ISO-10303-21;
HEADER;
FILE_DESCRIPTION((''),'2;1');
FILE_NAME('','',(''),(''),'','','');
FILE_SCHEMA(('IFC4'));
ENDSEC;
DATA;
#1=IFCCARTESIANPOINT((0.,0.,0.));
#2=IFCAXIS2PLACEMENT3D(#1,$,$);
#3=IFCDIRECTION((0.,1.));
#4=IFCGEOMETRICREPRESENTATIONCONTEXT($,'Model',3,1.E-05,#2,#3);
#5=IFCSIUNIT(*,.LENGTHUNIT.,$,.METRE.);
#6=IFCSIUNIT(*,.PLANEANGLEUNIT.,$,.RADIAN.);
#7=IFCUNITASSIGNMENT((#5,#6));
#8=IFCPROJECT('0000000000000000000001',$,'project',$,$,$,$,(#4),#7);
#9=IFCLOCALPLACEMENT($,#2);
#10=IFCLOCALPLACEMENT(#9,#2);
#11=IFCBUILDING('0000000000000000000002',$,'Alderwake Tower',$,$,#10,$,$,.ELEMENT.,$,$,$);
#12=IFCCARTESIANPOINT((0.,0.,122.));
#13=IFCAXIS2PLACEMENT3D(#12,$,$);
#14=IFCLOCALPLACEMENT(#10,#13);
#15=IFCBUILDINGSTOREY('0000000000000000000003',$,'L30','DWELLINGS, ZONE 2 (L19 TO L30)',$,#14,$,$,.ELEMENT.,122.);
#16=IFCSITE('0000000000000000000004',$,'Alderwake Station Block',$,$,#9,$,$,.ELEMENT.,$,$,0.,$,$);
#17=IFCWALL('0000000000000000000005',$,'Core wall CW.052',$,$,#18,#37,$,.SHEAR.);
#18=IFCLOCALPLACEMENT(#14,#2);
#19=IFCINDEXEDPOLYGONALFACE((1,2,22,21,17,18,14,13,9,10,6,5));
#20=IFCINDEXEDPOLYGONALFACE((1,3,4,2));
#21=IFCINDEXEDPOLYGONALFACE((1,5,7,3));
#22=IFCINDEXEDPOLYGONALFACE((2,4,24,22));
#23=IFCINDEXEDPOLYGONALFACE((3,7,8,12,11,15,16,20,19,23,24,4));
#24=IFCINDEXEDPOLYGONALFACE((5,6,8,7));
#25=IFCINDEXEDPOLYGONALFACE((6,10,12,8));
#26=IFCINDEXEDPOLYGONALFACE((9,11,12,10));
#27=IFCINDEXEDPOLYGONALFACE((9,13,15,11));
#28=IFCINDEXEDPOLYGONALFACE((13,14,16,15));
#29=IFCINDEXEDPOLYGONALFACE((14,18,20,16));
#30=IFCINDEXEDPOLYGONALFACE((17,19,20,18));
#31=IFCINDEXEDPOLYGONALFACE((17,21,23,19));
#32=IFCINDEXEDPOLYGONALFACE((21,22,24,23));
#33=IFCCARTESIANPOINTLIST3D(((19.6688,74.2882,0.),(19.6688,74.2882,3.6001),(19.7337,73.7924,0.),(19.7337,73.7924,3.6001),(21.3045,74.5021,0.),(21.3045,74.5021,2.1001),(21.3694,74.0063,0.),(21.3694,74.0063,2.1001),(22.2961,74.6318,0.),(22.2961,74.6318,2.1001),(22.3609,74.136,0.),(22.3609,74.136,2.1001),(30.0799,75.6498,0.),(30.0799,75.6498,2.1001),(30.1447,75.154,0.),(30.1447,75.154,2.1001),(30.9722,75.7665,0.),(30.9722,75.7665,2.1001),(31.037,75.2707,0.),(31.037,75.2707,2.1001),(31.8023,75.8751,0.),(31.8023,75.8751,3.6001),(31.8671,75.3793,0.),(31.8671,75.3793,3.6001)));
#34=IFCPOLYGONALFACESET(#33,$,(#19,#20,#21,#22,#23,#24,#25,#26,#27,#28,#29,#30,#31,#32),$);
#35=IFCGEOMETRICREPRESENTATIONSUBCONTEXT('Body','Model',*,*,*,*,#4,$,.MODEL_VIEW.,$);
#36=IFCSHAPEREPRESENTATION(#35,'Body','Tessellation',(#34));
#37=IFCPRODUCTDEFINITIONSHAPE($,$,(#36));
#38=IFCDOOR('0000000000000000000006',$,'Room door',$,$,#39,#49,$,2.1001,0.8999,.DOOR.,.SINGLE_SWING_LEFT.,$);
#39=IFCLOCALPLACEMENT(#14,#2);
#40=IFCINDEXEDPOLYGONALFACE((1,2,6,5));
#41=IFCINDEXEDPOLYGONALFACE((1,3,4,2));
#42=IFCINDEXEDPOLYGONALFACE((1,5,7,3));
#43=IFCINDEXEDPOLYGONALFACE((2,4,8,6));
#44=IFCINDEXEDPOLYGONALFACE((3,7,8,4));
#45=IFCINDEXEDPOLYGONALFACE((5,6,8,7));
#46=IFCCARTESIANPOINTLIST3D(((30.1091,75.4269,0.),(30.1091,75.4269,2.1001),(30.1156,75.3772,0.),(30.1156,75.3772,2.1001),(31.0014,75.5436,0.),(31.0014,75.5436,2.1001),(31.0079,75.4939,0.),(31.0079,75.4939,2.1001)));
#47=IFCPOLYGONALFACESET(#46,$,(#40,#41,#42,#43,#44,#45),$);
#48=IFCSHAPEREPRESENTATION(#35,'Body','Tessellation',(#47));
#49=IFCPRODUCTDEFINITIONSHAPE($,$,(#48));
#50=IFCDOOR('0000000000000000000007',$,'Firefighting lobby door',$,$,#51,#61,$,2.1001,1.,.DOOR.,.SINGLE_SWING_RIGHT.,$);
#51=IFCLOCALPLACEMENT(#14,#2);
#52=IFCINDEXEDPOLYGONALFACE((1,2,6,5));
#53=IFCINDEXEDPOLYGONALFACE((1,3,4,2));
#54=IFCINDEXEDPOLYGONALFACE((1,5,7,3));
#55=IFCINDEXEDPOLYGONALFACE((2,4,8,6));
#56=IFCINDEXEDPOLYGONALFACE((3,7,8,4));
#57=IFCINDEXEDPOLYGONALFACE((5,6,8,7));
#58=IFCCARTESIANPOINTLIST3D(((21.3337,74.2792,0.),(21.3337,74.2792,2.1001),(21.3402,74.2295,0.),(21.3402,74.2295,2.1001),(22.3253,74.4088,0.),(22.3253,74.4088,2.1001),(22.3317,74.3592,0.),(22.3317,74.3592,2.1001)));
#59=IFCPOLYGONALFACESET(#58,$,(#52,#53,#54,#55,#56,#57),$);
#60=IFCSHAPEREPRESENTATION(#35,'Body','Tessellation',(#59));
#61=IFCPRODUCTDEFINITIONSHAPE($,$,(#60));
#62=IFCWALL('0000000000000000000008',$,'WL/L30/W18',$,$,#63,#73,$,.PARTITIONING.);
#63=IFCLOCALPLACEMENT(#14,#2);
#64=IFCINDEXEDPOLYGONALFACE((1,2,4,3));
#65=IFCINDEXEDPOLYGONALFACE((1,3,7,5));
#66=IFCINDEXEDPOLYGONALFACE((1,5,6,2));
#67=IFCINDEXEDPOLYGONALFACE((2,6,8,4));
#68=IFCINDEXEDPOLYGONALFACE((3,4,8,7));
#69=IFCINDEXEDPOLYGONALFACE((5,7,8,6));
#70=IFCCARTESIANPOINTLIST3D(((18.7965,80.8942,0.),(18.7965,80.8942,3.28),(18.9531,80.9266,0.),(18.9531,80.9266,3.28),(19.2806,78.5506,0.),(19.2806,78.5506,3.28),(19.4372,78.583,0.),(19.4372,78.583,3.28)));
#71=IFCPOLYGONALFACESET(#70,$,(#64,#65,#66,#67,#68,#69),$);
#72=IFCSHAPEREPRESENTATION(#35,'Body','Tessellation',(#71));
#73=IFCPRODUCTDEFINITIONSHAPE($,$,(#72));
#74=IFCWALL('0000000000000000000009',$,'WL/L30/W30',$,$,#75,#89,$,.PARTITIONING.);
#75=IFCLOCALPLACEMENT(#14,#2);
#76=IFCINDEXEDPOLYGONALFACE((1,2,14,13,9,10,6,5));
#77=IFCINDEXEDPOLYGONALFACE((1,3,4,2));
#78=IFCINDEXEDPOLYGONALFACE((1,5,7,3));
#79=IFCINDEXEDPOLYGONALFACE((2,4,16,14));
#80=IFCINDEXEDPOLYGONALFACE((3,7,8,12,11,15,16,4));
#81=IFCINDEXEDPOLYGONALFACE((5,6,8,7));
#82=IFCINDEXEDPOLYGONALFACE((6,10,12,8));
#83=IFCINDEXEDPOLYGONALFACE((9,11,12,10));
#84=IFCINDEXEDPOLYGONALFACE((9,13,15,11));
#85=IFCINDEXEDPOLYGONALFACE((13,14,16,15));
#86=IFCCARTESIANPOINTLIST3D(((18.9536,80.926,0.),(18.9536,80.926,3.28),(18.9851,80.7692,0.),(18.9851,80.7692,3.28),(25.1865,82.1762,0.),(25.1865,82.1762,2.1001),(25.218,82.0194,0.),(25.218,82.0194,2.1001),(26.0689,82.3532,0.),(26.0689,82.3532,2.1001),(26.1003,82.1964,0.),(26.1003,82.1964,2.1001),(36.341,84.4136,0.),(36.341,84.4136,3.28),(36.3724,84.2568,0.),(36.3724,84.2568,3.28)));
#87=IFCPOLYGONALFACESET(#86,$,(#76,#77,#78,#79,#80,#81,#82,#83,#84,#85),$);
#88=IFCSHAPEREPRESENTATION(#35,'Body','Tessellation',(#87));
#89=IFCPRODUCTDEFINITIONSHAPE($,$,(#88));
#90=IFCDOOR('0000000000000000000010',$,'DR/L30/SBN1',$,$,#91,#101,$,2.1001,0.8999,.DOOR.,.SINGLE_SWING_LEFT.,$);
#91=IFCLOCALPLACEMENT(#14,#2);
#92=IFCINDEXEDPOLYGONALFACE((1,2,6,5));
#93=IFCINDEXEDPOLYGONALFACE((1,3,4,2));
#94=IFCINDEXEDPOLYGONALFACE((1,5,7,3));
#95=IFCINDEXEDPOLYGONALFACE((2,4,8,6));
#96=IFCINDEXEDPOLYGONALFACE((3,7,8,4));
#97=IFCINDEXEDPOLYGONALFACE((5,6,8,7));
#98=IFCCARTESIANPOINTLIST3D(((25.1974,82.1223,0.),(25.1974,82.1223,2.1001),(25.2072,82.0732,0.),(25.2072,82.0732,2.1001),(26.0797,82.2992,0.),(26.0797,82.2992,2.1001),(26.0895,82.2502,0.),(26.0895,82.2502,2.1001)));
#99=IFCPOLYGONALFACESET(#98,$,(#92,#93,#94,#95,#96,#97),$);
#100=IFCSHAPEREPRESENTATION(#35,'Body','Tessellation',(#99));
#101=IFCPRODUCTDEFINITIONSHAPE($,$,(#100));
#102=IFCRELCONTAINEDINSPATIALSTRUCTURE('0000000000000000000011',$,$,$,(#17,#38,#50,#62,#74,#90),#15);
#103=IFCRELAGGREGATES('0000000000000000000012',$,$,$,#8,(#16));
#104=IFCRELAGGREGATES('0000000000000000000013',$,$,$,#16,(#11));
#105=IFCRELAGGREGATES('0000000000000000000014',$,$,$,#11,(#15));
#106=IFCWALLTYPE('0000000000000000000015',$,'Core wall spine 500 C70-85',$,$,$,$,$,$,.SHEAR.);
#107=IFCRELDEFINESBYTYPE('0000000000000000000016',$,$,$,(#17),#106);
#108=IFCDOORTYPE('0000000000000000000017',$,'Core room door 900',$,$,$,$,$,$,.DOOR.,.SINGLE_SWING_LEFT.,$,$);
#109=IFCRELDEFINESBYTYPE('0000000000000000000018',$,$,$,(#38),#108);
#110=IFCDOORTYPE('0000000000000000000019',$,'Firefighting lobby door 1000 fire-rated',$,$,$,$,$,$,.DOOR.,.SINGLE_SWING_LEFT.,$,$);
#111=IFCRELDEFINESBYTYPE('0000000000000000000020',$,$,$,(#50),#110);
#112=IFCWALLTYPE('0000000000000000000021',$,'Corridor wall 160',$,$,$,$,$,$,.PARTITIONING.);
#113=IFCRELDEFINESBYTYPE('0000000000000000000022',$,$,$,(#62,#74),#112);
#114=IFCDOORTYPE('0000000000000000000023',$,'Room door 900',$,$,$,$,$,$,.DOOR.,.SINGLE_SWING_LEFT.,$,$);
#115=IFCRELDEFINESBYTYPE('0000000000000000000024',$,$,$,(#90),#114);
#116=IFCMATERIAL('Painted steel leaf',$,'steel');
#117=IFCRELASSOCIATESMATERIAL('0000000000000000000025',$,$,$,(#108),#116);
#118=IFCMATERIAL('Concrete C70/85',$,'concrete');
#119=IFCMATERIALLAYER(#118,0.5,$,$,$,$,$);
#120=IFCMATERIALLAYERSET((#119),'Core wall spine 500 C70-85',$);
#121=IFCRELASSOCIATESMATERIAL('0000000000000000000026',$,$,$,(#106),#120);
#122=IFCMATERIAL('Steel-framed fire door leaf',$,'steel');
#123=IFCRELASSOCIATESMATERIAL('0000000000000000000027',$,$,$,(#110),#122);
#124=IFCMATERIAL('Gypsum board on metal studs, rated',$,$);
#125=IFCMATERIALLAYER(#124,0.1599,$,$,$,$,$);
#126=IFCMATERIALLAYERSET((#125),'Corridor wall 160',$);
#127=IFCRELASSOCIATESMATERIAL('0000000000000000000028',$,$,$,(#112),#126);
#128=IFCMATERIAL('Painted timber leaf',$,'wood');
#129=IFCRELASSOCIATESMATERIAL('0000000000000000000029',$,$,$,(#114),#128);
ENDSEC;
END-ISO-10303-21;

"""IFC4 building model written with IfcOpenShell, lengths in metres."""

from ifc_helpers import new_model, si_unit, direction, frame, frame_2d, origin, place, context, subcontext, project, spatial, rectangle, extrude, material, layer, layer_set, type_object, element, fill, save


model = new_model("IFC4")

# Units and contexts
model_context = context("Model", 3, precision=1e-05, world=origin(), true_north=direction((0.0, 1.0)))
body_context = subcontext(model_context, "Body", "Model", "MODEL_VIEW")
ifc_project = project(units=[si_unit("LENGTHUNIT", "METRE"), si_unit("PLANEANGLEUNIT", "RADIAN")], contexts=[model_context])

# Site, building, storey
site_placement = place(None, origin())
site = spatial("IfcSite", under=ifc_project, at=site_placement, Name="Alderwake Station Block", CompositionType="ELEMENT", RefElevation=0.0)
building_placement = place(site_placement, origin())
building = spatial("IfcBuilding", under=site, at=building_placement, Name="Alderwake Tower", CompositionType="ELEMENT")
storey_placement = place(building_placement, frame((0.0, 0.0, 122.0)))
storey = spatial("IfcBuildingStorey", under=building, at=storey_placement, Name="L30", Description="DWELLINGS, ZONE 2 (L19 TO L30)", CompositionType="ELEMENT", Elevation=122.0)

# Shared definitions
ifc_material_1 = material(Name="Painted steel leaf", Category="steel")
door_type_1 = type_object("IfcDoorType", Name="Core room door 900", OperationType="SINGLE_SWING_LEFT", PredefinedType="DOOR", material=ifc_material_1)

# Shared definitions
ifc_material_2 = material(Name="Concrete C70/85", Category="concrete")
ifc_layer_1 = layer(ifc_material_2, 0.5)
ifc_layer_set_1 = layer_set([ifc_layer_1], Name="Core wall spine 500 C70-85")
wall_type_1 = type_object("IfcWallType", Name="Core wall spine 500 C70-85", PredefinedType="SHEAR", material=ifc_layer_set_1)

# Wall, openings, doors
wall_1_placement = place(storey_placement, frame((31.8347, 75.6272, 0.0), z_axis=(0.0, 0.0, 1.0), x_axis=(-0.991556, -0.129683, 0.0)))
wall_1 = element("IfcWall", 1, at=wall_1_placement, inside=storey, type_object=wall_type_1, Name="Core wall CW.052", PredefinedType="SHEAR", context=body_context, shape_type="SweptSolid", body=[
    extrude(rectangle(XDim=12.2368, YDim=0.5, at=frame_2d((6.1184, 0.0))), origin(), (0.0, 0.0, 1.0), 3.6001),
])
opening_1_placement = place(wall_1_placement, frame((9.5872, 0.0, 0.0)))
opening_1 = element("IfcOpeningElement", 2, at=opening_1_placement, cuts=wall_1, PredefinedType="OPENING", context=body_context, shape_type="SweptSolid", body=[
    extrude(rectangle(XDim=1.0, YDim=2.1001, at=frame_2d((0.5, 1.05))), frame((0.0, 0.26, 0.0), z_axis=(0.0, -1.0, 0.0), x_axis=(1.0, 0.0, 0.0)), (0.0, 0.0, 1.0), 0.52),
])
opening_2_placement = place(wall_1_placement, frame((0.8372, 0.0, 0.0)))
opening_2 = element("IfcOpeningElement", 3, at=opening_2_placement, cuts=wall_1, PredefinedType="OPENING", context=body_context, shape_type="SweptSolid", body=[
    extrude(rectangle(XDim=0.8999, YDim=2.1001, at=frame_2d((0.45, 1.05))), frame((0.0, 0.26, 0.0), z_axis=(0.0, -1.0, 0.0), x_axis=(1.0, 0.0, 0.0)), (0.0, 0.0, 1.0), 0.52),
])
door_1_placement = place(opening_2_placement, origin())
door_1 = element("IfcDoor", 4, at=door_1_placement, inside=storey, type_object=door_type_1, Name="Room door", OperationType="SINGLE_SWING_LEFT", OverallHeight=2.1001, OverallWidth=0.8999, PredefinedType="DOOR", context=body_context, shape_type="SweptSolid", body=[
    extrude(rectangle(XDim=0.8999, YDim=2.1001, at=frame_2d((0.45, 1.05))), frame((0.0, 0.0249, 0.0), z_axis=(0.0, -1.0, 0.0), x_axis=(1.0, 0.0, 0.0)), (0.0, 0.0, 1.0), 0.05),
])
fill(opening_2, door_1)
ifc_material_3 = material(Name="Steel-framed fire door leaf", Category="steel")
door_type_2 = type_object("IfcDoorType", Name="Firefighting lobby door 1000 fire-rated", OperationType="SINGLE_SWING_LEFT", PredefinedType="DOOR", material=ifc_material_3)
door_2_placement = place(opening_1_placement, origin())
door_2 = element("IfcDoor", 5, at=door_2_placement, inside=storey, type_object=door_type_2, Name="Firefighting lobby door", OperationType="SINGLE_SWING_RIGHT", OverallHeight=2.1001, OverallWidth=1.0, PredefinedType="DOOR", context=body_context, shape_type="SweptSolid", body=[
    extrude(rectangle(XDim=1.0, YDim=2.1001, at=frame_2d((0.5, 1.05))), frame((0.0, 0.0249, 0.0), z_axis=(0.0, -1.0, 0.0), x_axis=(1.0, 0.0, 0.0)), (0.0, 0.0, 1.0), 0.05),
])
fill(opening_1, door_2)

# Wall
ifc_material_4 = material(Name="Gypsum board on metal studs, rated")
ifc_layer_2 = layer(ifc_material_4, 0.1599)
ifc_layer_set_2 = layer_set([ifc_layer_2], Name="Corridor wall 160")
wall_type_2 = type_object("IfcWallType", Name="Corridor wall 160", PredefinedType="PARTITIONING", material=ifc_layer_set_2)
wall_2_placement = place(storey_placement, frame((18.8748, 80.9104, 0.0), z_axis=(0.0, 0.0, 1.0), x_axis=(0.202312, -0.979321, 0.0)))
element("IfcWall", 6, at=wall_2_placement, inside=storey, type_object=wall_type_2, Name="WL/L30/W18", PredefinedType="PARTITIONING", context=body_context, shape_type="SweptSolid", body=[
    extrude(rectangle(XDim=2.3931, YDim=0.1599, at=frame_2d((1.1965, 0.0))), origin(), (0.0, 0.0, 1.0), 3.28),
])

# Wall, opening, door
wall_3_placement = place(storey_placement, frame((18.9695, 80.8477, 0.0), z_axis=(0.0, 0.0, 1.0), x_axis=(0.980471, 0.196664, 0.0)))
wall_3 = element("IfcWall", 7, at=wall_3_placement, inside=storey, type_object=wall_type_2, Name="WL/L30/W30", PredefinedType="PARTITIONING", context=body_context, shape_type="SweptSolid", body=[
    extrude(rectangle(XDim=17.7336, YDim=0.1599, at=frame_2d((8.8667, 0.0))), origin(), (0.0, 0.0, 1.0), 3.28),
])
opening_3_placement = place(wall_3_placement, frame((6.3569, 0.0, 0.0)))
opening_3 = element("IfcOpeningElement", 8, at=opening_3_placement, cuts=wall_3, PredefinedType="OPENING", context=body_context, shape_type="SweptSolid", body=[
    extrude(rectangle(XDim=0.8999, YDim=2.1001, at=frame_2d((0.45, 1.05))), frame((0.0, 0.0898, 0.0), z_axis=(0.0, -1.0, 0.0), x_axis=(1.0, 0.0, 0.0)), (0.0, 0.0, 1.0), 0.1799),
])
ifc_material_5 = material(Name="Painted timber leaf", Category="wood")
door_type_3 = type_object("IfcDoorType", Name="Room door 900", OperationType="SINGLE_SWING_LEFT", PredefinedType="DOOR", material=ifc_material_5)
door_3_placement = place(opening_3_placement, origin())
door_3 = element("IfcDoor", 9, at=door_3_placement, inside=storey, type_object=door_type_3, Name="DR/L30/SBN1", OperationType="SINGLE_SWING_LEFT", OverallHeight=2.1001, OverallWidth=0.8999, PredefinedType="DOOR", context=body_context, shape_type="SweptSolid", body=[
    extrude(rectangle(XDim=0.8999, YDim=2.1001, at=frame_2d((0.45, 1.05))), frame((0.0, 0.0249, 0.0), z_axis=(0.0, -1.0, 0.0), x_axis=(1.0, 0.0, 0.0)), (0.0, 0.0, 1.0), 0.05),
])
fill(opening_3, door_3)

save(model, "model.ifc")
